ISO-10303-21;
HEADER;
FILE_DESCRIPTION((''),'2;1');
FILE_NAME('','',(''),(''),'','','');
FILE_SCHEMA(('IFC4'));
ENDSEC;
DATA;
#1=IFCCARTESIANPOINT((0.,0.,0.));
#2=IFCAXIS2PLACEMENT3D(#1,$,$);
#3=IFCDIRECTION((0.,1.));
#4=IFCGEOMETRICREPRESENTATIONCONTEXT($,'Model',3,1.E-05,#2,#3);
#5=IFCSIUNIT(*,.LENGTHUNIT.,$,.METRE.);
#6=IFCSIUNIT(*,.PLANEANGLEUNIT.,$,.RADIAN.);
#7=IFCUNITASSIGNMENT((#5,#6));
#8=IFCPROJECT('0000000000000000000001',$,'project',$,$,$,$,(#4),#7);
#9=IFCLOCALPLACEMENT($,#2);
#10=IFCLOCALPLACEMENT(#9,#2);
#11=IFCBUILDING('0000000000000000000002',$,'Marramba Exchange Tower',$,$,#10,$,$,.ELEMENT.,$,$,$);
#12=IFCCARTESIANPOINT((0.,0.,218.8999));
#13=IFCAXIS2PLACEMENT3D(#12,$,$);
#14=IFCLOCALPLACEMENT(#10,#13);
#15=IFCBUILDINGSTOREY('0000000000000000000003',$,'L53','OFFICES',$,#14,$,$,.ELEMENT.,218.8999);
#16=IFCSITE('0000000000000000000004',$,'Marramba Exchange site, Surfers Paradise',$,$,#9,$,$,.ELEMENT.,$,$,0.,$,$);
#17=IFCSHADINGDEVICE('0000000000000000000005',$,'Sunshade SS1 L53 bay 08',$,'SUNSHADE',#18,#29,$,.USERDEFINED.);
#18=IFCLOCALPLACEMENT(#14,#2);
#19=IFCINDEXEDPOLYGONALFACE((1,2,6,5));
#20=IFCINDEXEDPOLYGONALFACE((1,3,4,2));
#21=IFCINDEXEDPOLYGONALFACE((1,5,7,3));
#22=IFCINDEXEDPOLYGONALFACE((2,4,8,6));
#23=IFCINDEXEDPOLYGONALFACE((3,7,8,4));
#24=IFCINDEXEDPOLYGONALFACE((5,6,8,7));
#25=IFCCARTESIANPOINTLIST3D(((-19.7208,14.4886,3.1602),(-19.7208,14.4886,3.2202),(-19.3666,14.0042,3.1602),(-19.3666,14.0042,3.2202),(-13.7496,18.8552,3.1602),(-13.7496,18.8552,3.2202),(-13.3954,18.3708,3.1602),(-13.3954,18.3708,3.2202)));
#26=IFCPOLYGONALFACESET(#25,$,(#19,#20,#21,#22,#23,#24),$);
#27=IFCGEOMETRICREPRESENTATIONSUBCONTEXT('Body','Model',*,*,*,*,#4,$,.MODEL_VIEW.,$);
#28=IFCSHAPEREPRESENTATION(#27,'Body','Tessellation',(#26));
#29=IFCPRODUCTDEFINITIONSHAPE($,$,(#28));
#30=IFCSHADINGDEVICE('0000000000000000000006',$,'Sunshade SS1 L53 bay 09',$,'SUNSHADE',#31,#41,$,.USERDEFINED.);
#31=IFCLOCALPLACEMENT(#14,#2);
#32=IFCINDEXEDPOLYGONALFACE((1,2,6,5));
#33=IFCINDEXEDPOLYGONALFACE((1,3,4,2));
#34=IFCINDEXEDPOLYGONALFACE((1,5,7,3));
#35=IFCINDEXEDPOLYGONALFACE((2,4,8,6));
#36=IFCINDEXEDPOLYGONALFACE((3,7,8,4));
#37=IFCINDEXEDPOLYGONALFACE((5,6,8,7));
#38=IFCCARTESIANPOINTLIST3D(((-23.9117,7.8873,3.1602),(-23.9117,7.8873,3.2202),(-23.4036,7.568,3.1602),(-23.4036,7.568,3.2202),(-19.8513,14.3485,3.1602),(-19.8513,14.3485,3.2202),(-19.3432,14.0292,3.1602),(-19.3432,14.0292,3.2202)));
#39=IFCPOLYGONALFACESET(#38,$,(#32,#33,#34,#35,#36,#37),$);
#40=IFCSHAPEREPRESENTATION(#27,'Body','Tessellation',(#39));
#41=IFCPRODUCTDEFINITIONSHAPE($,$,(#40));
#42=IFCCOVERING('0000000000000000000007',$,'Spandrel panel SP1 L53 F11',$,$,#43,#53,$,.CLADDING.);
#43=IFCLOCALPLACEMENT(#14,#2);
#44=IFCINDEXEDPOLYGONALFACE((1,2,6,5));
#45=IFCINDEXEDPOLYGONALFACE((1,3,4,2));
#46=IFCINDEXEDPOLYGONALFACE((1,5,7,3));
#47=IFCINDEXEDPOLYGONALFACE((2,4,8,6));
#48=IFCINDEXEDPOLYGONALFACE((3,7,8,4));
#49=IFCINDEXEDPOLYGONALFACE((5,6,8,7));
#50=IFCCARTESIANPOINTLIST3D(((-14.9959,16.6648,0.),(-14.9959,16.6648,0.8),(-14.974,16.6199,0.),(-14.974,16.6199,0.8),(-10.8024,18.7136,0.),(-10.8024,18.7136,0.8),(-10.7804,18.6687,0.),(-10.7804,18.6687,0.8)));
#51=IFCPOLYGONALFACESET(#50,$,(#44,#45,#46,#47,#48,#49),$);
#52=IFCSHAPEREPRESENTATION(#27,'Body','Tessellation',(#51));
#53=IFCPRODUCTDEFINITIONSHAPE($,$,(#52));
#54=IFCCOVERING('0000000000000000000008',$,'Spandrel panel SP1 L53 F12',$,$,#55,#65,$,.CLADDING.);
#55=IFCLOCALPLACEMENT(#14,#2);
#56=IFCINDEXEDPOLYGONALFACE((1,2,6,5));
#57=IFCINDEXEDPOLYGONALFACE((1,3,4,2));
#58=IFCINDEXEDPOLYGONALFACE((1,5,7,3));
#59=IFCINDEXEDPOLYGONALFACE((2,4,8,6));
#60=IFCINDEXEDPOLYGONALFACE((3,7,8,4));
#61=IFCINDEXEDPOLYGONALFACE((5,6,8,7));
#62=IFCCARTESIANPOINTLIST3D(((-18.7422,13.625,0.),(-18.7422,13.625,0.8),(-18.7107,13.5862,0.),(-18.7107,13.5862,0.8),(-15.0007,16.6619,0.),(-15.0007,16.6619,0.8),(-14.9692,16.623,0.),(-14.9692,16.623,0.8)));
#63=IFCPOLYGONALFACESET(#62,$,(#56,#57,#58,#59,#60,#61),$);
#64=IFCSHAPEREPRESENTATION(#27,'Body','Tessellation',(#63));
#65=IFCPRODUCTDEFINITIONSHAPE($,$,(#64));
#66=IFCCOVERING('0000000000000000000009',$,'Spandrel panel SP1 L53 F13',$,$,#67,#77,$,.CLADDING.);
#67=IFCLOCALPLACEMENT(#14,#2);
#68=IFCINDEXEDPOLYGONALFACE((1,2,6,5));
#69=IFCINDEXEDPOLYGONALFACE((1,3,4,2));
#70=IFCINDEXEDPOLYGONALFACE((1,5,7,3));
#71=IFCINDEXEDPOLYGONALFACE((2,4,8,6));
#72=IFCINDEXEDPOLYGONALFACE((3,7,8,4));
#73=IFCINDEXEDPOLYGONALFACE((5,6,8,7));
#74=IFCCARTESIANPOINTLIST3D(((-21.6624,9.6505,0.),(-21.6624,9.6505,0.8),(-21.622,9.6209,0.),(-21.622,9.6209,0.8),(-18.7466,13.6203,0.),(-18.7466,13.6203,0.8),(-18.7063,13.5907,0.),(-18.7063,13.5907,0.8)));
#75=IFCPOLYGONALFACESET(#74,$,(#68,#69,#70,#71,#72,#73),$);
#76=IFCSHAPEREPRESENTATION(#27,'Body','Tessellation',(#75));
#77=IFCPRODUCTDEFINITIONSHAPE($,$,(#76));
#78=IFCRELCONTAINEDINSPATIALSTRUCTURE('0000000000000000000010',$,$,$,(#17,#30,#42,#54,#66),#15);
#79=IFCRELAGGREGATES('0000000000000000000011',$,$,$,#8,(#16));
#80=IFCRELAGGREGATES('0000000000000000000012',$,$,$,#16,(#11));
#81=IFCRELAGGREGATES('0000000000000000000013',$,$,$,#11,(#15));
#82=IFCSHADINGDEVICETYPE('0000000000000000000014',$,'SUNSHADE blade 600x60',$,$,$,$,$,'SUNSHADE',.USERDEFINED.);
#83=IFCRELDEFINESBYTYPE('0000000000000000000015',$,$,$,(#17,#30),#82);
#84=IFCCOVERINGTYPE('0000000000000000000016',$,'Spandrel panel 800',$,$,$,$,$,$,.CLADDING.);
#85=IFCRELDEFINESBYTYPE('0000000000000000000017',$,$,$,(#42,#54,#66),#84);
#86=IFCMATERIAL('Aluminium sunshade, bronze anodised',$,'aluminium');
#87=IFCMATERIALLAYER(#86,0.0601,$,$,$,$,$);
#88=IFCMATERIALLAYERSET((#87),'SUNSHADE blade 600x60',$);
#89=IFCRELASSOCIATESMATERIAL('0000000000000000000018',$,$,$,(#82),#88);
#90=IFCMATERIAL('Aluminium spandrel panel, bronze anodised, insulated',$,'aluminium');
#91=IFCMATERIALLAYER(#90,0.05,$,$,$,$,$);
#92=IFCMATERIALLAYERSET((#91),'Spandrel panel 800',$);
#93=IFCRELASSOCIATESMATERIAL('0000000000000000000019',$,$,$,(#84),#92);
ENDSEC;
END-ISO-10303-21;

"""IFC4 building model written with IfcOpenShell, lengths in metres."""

from ifc_helpers import new_model, si_unit, direction, frame, origin, origin_2d, place, context, subcontext, project, spatial, rectangle, extrude, material, layer, layer_set, type_object, element, save


model = new_model("IFC4")

# Units and contexts
model_context = context("Model", 3, precision=1e-05, world=origin(), true_north=direction((0.0, 1.0)))
body_context = subcontext(model_context, "Body", "Model", "MODEL_VIEW")
ifc_project = project(units=[si_unit("LENGTHUNIT", "METRE"), si_unit("PLANEANGLEUNIT", "RADIAN")], contexts=[model_context])

# Site, building, storey
site_placement = place(None, origin())
site = spatial("IfcSite", under=ifc_project, at=site_placement, Name="Marramba Exchange site, Surfers Paradise", CompositionType="ELEMENT", RefElevation=0.0)
building_placement = place(site_placement, origin())
building = spatial("IfcBuilding", under=site, at=building_placement, Name="Marramba Exchange Tower", CompositionType="ELEMENT")
storey_placement = place(building_placement, frame((0.0, 0.0, 218.8999)))
storey = spatial("IfcBuildingStorey", under=building, at=storey_placement, Name="L53", Description="OFFICES", CompositionType="ELEMENT", Elevation=218.8999)

# Shading devices
ifc_material_1 = material(Name="Aluminium sunshade, bronze anodised", Category="aluminium")
ifc_layer_1 = layer(ifc_material_1, 0.0601)
ifc_layer_set_1 = layer_set([ifc_layer_1], Name="SUNSHADE blade 600x60")
shading_device_type_1 = type_object("IfcShadingDeviceType", Name="SUNSHADE blade 600x60", ElementType="SUNSHADE", PredefinedType="USERDEFINED", material=ifc_layer_set_1)
shading_device_1_placement = place(storey_placement, frame((-16.5581, 16.4297, 3.1602), z_axis=(0.0, 0.0, 1.0), x_axis=(-0.807194, -0.590286, 0.0)))
element("IfcShadingDevice", 1, at=shading_device_1_placement, inside=storey, type_object=shading_device_type_1, Name="Sunshade SS1 L53 bay 08", ObjectType="SUNSHADE", PredefinedType="USERDEFINED", context=body_context, shape_type="SweptSolid", body=[
    extrude(rectangle(XDim=7.3975, YDim=0.6001, at=origin_2d()), origin(), (0.0, 0.0, 1.0), 0.0601),
])
shading_device_2_placement = place(storey_placement, frame((-21.6274, 10.9583, 3.1602), z_axis=(0.0, 0.0, 1.0), x_axis=(-0.532082, -0.846693, 0.0)))
element("IfcShadingDevice", 2, at=shading_device_2_placement, inside=storey, type_object=shading_device_type_1, Name="Sunshade SS1 L53 bay 09", ObjectType="SUNSHADE", PredefinedType="USERDEFINED", context=body_context, shape_type="SweptSolid", body=[
    extrude(rectangle(XDim=7.6311, YDim=0.6001, at=origin_2d()), origin(), (0.0, 0.0, 1.0), 0.0601),
])

# Coverings
ifc_material_2 = material(Name="Aluminium spandrel panel, bronze anodised, insulated", Category="aluminium")
ifc_layer_2 = layer(ifc_material_2, 0.05)
ifc_layer_set_2 = layer_set([ifc_layer_2], Name="Spandrel panel 800")
covering_type = type_object("IfcCoveringType", Name="Spandrel panel 800", PredefinedType="CLADDING", material=ifc_layer_set_2)
covering_1_placement = place(storey_placement, frame((-12.8882, 17.6667, 0.0), z_axis=(0.0, 0.0, 1.0), x_axis=(-0.898501, -0.438972, 0.0)))
element("IfcCovering", 3, at=covering_1_placement, inside=storey, type_object=covering_type, Name="Spandrel panel SP1 L53 F11", PredefinedType="CLADDING", context=body_context, shape_type="SweptSolid", body=[
    extrude(rectangle(XDim=4.6672, YDim=0.05, at=origin_2d()), origin(), (0.0, 0.0, 1.0), 0.8),
])
covering_2_placement = place(storey_placement, frame((-16.8557, 15.124, 0.0), z_axis=(0.0, 0.0, 1.0), x_axis=(-0.776432, -0.630201, 0.0)))
element("IfcCovering", 4, at=covering_2_placement, inside=storey, type_object=covering_type, Name="Spandrel panel SP1 L53 F12", PredefinedType="CLADDING", context=body_context, shape_type="SweptSolid", body=[
    extrude(rectangle(XDim=4.8188, YDim=0.05, at=origin_2d()), origin(), (0.0, 0.0, 1.0), 0.8),
])
covering_3_placement = place(storey_placement, frame((-20.1843, 11.6206, 0.0), z_axis=(0.0, 0.0, 1.0), x_axis=(-0.591963, -0.805965, 0.0)))
element("IfcCovering", 5, at=covering_3_placement, inside=storey, type_object=covering_type, Name="Spandrel panel SP1 L53 F13", PredefinedType="CLADDING", context=body_context, shape_type="SweptSolid", body=[
    extrude(rectangle(XDim=4.9255, YDim=0.05, at=origin_2d()), origin(), (0.0, 0.0, 1.0), 0.8),
])

save(model, "model.ifc")
